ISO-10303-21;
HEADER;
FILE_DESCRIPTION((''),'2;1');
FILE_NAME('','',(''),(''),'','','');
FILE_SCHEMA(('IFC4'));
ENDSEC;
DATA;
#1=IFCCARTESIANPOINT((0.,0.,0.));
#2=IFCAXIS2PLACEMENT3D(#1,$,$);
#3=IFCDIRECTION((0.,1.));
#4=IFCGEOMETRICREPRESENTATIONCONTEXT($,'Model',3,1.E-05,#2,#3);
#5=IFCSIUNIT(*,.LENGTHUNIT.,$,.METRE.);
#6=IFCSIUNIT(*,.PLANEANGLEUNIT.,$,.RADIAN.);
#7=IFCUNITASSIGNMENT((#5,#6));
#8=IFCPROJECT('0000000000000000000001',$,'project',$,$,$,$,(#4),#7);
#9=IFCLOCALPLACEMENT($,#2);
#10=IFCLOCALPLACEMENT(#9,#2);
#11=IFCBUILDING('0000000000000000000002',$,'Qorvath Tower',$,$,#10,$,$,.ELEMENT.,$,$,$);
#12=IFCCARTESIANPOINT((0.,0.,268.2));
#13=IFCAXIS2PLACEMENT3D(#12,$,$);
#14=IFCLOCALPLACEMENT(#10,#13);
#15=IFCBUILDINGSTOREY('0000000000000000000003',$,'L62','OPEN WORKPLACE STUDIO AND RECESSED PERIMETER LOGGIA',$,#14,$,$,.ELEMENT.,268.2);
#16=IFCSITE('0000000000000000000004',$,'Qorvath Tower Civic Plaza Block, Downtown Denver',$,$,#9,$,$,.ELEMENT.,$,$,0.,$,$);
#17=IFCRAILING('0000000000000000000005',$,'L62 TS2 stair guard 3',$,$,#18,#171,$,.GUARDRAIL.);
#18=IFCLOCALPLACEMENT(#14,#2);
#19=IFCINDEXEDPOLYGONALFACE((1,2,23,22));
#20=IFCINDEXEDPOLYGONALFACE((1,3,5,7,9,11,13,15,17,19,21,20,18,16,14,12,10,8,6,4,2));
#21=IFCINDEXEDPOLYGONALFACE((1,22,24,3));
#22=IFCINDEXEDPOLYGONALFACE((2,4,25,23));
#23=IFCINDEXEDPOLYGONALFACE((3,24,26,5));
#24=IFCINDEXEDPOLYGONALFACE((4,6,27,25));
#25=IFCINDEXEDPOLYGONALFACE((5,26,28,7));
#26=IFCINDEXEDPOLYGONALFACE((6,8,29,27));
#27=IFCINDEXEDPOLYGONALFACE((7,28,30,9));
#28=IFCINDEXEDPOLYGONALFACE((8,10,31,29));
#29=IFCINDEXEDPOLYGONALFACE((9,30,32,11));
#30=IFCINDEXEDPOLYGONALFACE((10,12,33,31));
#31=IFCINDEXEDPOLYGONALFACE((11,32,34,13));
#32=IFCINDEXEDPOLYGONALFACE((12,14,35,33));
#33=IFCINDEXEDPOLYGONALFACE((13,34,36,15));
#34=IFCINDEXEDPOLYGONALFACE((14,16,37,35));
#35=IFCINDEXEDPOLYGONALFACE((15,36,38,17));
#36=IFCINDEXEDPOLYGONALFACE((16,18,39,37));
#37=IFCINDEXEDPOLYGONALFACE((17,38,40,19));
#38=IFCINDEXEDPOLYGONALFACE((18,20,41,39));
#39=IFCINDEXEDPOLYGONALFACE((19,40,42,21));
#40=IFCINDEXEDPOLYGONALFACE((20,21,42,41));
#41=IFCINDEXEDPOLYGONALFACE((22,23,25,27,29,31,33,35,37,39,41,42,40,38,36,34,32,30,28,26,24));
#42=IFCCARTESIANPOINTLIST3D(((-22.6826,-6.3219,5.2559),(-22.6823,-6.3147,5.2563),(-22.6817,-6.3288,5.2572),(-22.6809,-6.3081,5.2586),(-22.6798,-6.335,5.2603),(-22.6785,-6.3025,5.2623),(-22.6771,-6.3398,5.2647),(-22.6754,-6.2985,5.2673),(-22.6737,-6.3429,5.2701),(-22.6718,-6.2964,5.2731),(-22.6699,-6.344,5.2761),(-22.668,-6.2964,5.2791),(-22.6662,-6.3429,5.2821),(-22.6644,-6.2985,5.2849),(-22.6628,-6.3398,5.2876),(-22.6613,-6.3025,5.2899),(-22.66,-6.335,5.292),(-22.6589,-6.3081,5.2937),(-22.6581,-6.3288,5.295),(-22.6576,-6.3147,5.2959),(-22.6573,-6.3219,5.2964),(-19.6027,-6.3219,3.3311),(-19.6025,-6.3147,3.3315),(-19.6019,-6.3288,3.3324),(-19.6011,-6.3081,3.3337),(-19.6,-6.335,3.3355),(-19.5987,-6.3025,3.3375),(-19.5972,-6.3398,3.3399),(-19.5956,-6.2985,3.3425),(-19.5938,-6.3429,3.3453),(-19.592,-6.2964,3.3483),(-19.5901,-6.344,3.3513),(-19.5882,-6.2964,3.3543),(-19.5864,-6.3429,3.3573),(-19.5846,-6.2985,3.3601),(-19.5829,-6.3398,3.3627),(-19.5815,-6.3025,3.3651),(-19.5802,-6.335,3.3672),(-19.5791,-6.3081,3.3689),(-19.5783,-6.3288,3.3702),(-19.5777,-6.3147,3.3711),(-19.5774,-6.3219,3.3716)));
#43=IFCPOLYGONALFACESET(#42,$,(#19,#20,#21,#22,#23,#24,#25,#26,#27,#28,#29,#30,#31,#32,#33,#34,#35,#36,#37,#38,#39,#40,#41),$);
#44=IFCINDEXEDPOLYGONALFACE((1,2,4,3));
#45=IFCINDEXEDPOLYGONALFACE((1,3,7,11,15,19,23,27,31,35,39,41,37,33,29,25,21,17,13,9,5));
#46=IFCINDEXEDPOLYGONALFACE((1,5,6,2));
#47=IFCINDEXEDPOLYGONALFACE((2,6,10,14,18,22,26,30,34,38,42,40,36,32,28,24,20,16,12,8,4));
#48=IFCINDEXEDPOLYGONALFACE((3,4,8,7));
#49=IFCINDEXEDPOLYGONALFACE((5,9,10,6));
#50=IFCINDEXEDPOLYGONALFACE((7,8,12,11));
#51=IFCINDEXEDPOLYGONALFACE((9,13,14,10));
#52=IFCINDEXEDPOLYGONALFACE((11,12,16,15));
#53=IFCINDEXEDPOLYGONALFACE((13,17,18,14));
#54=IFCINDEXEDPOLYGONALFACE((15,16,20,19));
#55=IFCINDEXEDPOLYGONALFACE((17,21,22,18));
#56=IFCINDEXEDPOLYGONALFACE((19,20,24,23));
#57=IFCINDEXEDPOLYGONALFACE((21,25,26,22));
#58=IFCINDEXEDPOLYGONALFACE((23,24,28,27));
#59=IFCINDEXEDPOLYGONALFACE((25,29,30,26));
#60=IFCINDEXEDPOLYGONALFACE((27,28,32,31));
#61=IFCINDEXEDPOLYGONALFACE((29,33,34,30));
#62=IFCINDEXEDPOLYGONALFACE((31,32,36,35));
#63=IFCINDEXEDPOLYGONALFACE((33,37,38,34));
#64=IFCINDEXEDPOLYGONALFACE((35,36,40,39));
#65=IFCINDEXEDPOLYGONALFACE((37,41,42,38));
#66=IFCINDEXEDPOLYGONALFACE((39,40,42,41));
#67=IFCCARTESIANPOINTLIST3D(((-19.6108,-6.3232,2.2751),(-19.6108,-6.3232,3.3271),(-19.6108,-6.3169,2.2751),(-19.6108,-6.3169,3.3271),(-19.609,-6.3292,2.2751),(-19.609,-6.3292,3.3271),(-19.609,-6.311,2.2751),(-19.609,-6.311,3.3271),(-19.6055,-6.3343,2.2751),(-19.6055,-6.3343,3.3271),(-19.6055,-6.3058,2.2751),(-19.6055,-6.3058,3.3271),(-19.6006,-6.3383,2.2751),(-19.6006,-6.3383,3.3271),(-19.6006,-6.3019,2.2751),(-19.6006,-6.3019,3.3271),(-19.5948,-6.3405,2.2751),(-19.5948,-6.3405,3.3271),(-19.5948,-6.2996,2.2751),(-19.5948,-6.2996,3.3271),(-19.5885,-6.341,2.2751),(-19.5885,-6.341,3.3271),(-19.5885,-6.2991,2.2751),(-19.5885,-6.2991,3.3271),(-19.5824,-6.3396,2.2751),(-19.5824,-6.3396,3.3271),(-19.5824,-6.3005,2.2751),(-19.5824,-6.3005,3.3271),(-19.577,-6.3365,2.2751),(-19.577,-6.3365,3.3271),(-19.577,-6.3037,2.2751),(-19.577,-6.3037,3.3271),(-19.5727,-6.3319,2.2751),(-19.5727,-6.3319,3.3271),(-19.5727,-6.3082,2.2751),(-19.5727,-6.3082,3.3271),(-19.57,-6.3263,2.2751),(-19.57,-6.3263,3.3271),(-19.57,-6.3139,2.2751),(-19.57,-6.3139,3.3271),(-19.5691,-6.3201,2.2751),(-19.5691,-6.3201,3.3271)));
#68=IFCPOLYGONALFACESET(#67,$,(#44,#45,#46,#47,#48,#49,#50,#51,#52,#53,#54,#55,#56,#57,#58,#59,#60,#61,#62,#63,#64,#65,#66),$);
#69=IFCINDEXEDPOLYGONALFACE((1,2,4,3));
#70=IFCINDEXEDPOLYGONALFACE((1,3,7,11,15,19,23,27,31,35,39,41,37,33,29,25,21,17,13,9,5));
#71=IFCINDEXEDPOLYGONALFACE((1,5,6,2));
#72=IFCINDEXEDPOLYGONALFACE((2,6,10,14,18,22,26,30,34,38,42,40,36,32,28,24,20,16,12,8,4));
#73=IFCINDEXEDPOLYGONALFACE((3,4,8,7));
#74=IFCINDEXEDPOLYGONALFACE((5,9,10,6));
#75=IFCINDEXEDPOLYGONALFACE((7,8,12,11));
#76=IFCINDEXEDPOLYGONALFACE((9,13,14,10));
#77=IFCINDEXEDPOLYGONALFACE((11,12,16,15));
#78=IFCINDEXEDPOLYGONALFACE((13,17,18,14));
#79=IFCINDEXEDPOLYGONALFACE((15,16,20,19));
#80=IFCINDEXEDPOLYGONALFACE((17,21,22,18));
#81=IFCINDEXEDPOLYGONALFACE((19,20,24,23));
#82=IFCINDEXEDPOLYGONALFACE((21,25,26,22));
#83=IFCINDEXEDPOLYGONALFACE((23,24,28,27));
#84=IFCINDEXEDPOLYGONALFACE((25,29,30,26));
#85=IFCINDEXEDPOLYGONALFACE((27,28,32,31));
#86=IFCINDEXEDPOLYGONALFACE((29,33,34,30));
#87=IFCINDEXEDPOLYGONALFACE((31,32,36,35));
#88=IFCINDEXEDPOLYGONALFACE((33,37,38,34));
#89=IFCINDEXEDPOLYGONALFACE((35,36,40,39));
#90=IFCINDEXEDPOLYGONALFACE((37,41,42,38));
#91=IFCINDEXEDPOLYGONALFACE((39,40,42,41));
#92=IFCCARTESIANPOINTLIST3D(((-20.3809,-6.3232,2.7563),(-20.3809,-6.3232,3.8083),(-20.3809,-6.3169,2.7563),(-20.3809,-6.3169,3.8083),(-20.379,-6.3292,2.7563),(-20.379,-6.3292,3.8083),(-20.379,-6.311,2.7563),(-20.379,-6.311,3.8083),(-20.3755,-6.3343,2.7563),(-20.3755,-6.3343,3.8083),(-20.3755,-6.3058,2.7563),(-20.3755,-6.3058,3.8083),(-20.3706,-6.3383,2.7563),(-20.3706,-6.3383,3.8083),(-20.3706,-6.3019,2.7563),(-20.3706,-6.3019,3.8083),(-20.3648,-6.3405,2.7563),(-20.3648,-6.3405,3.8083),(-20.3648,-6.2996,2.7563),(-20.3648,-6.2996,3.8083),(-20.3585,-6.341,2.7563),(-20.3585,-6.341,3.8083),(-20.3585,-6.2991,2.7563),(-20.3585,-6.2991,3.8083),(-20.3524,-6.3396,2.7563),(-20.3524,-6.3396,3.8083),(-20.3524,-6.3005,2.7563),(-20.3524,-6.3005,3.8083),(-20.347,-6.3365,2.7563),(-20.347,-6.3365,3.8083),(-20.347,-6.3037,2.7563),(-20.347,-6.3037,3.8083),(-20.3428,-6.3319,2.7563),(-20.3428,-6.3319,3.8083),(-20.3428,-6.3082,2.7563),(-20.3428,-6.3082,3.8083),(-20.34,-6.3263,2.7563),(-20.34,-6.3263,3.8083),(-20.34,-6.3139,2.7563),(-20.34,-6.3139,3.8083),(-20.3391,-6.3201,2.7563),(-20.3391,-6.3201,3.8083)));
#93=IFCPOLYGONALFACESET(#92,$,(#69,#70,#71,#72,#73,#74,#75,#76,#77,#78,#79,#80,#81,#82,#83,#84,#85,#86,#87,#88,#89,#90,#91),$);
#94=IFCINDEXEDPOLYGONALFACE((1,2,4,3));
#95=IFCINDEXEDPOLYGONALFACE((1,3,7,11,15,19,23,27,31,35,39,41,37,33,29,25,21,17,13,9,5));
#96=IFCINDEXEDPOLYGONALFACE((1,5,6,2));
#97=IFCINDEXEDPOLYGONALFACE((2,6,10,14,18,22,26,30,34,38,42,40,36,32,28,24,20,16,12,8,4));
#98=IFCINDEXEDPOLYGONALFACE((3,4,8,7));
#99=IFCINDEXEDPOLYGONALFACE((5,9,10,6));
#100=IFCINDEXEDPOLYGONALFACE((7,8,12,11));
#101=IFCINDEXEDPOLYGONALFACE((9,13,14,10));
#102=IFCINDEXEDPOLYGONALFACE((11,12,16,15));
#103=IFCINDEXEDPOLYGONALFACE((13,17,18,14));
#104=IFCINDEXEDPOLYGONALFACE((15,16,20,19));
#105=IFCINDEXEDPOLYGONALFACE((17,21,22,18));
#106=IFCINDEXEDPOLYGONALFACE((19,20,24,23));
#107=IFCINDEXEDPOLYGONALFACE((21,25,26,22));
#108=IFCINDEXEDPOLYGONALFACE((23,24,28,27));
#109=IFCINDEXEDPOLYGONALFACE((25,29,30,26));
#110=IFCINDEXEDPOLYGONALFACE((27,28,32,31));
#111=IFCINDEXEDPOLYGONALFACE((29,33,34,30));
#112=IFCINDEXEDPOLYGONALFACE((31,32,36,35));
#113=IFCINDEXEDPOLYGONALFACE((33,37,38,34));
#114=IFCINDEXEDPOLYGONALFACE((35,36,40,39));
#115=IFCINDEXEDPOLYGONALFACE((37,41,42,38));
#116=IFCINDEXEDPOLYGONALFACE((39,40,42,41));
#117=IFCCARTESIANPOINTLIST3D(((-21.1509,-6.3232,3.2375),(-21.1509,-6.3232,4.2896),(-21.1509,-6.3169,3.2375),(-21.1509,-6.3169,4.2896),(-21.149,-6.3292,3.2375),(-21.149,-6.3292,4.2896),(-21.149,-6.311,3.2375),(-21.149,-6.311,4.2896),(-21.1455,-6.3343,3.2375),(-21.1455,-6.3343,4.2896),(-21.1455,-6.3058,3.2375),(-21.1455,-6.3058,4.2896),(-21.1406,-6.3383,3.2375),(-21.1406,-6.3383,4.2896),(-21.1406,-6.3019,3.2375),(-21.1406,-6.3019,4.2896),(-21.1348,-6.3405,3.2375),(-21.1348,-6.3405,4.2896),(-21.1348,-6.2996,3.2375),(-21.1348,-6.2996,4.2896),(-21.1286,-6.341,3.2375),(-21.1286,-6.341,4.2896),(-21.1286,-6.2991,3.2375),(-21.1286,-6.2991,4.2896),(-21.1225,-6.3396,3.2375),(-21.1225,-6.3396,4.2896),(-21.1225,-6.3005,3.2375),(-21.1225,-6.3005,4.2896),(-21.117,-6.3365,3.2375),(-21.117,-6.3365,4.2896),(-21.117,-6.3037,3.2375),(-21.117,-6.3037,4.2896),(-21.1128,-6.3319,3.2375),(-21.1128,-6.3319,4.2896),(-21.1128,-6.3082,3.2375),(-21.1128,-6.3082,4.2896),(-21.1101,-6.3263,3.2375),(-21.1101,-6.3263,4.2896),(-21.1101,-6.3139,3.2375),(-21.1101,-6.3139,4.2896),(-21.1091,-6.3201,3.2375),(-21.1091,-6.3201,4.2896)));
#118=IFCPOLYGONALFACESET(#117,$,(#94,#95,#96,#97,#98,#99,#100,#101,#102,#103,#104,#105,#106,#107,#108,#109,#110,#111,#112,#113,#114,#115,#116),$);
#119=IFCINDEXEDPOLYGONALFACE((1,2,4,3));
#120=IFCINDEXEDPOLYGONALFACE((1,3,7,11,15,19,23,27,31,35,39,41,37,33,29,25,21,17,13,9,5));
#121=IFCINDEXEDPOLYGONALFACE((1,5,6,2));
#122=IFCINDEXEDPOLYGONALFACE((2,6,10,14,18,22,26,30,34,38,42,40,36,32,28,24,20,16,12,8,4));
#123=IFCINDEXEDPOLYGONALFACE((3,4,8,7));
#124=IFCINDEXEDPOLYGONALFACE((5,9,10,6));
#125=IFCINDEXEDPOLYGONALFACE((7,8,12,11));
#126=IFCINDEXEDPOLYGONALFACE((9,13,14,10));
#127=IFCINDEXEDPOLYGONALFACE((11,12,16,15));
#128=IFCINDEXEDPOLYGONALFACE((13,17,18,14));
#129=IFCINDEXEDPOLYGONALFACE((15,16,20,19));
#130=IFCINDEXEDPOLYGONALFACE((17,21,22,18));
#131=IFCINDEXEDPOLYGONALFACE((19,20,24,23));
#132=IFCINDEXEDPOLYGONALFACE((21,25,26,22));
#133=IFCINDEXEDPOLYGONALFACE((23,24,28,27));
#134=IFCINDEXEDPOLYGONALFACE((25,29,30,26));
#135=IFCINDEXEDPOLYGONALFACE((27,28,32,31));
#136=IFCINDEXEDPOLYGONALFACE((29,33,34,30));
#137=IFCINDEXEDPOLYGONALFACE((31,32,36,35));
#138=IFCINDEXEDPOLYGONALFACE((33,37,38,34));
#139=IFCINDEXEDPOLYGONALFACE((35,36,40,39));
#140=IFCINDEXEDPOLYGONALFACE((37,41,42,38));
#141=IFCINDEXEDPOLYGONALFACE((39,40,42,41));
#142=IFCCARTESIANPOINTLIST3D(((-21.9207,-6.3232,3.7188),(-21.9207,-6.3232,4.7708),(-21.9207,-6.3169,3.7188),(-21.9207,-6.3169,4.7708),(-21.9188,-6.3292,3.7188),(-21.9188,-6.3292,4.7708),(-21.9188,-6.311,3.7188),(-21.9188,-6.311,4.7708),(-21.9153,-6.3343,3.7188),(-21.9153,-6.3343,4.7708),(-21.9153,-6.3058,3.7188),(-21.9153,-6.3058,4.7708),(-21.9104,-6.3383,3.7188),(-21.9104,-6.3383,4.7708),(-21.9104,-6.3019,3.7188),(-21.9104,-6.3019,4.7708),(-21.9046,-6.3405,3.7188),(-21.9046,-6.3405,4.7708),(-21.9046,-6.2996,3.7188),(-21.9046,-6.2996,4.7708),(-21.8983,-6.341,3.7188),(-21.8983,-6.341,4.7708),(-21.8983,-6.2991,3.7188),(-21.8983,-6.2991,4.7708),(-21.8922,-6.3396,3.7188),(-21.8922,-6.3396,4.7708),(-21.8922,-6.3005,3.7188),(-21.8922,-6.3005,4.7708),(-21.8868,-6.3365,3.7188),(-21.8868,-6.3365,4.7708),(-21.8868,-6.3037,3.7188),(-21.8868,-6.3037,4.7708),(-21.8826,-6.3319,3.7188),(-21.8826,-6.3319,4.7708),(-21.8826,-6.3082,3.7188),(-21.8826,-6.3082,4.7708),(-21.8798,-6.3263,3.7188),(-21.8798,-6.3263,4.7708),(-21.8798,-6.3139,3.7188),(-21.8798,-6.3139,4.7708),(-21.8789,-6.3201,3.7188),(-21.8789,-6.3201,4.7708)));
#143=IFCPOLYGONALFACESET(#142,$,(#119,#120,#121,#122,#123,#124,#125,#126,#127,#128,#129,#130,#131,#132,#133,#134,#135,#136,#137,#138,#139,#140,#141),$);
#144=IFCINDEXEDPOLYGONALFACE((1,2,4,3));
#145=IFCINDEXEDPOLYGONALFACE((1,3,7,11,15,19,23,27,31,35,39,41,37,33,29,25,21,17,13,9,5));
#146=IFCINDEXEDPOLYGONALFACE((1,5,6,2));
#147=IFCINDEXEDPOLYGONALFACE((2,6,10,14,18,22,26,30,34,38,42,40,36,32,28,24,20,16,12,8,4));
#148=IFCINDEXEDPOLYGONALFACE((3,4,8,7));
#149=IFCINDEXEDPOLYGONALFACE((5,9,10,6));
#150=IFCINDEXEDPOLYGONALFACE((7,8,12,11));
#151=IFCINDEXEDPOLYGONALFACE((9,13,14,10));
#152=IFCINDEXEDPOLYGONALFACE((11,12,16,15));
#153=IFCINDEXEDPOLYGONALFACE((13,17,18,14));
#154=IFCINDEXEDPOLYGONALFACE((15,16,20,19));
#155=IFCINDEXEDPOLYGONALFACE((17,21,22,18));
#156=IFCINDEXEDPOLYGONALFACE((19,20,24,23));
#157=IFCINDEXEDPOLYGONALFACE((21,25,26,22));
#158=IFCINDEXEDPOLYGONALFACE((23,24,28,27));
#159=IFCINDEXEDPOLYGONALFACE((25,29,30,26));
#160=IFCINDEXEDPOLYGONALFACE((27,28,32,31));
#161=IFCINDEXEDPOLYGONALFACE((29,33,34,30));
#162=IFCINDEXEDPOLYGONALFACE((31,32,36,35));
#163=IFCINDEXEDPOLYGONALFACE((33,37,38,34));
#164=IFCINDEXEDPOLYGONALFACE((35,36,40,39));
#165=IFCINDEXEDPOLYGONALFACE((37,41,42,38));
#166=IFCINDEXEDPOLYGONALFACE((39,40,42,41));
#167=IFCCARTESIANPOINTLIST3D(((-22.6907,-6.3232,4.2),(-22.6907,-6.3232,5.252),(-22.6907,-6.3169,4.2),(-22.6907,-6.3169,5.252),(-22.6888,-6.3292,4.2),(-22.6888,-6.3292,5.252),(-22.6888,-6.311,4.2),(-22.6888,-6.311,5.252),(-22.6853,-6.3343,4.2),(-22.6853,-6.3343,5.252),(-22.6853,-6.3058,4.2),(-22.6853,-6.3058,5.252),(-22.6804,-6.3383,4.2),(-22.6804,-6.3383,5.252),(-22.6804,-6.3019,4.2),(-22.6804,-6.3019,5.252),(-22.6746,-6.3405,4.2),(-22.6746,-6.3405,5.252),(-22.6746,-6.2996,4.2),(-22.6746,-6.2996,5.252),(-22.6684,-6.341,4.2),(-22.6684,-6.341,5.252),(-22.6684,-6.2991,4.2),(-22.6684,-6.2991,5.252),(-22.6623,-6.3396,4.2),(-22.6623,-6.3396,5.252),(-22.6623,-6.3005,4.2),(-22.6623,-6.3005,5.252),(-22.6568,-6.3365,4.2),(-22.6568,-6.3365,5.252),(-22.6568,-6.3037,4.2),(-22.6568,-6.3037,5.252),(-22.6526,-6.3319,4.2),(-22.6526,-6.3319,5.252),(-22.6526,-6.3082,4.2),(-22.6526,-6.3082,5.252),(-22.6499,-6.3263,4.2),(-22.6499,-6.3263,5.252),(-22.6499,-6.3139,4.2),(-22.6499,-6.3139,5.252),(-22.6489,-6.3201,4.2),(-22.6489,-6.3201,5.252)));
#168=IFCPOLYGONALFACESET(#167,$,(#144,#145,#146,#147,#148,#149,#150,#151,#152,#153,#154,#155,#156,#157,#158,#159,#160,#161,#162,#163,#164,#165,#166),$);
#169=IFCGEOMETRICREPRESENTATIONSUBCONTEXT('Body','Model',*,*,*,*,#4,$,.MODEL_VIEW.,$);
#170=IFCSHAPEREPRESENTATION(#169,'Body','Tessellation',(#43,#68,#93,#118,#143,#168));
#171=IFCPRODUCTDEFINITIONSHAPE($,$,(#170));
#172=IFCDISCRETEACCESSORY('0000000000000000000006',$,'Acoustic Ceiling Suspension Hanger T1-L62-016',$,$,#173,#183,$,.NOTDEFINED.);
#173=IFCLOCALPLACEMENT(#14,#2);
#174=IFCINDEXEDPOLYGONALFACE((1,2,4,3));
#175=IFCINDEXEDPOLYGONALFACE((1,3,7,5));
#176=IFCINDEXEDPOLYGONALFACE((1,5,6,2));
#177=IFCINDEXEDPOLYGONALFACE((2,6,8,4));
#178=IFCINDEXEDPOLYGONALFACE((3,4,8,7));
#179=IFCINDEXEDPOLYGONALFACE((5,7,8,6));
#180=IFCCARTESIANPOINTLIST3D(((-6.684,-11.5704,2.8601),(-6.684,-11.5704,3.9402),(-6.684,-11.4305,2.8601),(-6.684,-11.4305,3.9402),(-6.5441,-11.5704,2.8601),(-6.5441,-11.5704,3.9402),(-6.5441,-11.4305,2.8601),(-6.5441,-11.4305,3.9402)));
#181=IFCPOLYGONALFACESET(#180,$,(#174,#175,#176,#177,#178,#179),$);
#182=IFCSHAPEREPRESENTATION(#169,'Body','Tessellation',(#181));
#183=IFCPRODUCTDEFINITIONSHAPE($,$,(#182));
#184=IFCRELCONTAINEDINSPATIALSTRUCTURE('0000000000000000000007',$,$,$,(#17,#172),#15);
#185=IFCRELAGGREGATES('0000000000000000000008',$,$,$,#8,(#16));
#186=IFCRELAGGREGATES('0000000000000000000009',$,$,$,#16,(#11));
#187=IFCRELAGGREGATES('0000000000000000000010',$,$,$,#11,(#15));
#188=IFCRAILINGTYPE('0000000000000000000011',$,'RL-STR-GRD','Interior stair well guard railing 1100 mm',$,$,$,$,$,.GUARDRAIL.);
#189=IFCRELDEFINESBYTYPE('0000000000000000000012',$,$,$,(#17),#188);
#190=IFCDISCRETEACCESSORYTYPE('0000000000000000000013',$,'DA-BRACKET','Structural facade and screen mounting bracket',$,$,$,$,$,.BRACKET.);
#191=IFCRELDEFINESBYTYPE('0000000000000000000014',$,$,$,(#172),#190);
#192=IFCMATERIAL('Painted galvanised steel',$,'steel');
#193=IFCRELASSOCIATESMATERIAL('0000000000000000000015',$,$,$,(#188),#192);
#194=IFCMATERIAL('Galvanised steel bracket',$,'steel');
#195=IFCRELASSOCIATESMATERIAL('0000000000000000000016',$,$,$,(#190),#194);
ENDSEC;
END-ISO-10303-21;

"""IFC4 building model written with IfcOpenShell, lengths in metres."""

from ifc_helpers import new_model, si_unit, direction, frame, origin, origin_2d, place, context, subcontext, project, spatial, rectangle, circle, extrude, material, type_object, element, save


model = new_model("IFC4")

# Units and contexts
model_context = context("Model", 3, precision=1e-05, world=origin(), true_north=direction((0.0, 1.0)))
body_context = subcontext(model_context, "Body", "Model", "MODEL_VIEW")
ifc_project = project(units=[si_unit("LENGTHUNIT", "METRE"), si_unit("PLANEANGLEUNIT", "RADIAN")], contexts=[model_context])

# Site, building, storey
site_placement = place(None, origin())
site = spatial("IfcSite", under=ifc_project, at=site_placement, Name="Qorvath Tower Civic Plaza Block, Downtown Denver", CompositionType="ELEMENT", RefElevation=0.0)
building_placement = place(site_placement, origin())
building = spatial("IfcBuilding", under=site, at=building_placement, Name="Qorvath Tower", CompositionType="ELEMENT")
storey_placement = place(building_placement, frame((0.0, 0.0, 268.2)))
storey = spatial("IfcBuildingStorey", under=building, at=storey_placement, Name="L62", Description="OPEN WORKPLACE STUDIO AND RECESSED PERIMETER LOGGIA", CompositionType="ELEMENT", Elevation=268.2)

# Railing
ifc_material_1 = material(Name="Painted galvanised steel", Category="steel")
railing_type = type_object("IfcRailingType", Name="RL-STR-GRD", Description="Interior stair well guard railing 1100 mm", PredefinedType="GUARDRAIL", material=ifc_material_1)
railing_1_placement = place(storey_placement, frame((-19.5901, -6.3201, 2.2751)))
element("IfcRailing", 1, at=railing_1_placement, inside=storey, type_object=railing_type, Name="L62 TS2 stair guard 3", PredefinedType="GUARDRAIL", context=body_context, shape_type="SweptSolid", body=[
    extrude(circle(Radius=0.0239, at=origin_2d()), frame((0.0, 0.0, 1.0762), z_axis=(-0.84801, 0.0, 0.529981), x_axis=(0.0, -1.0, 0.0)), (0.0, 0.0, 1.0), 3.6318),
    extrude(circle(Radius=0.021, at=origin_2d()), origin(), (0.0, 0.0, 1.0), 1.052),
    extrude(circle(Radius=0.021, at=origin_2d()), frame((-0.77, 0.0, 0.4812)), (0.0, 0.0, 1.0), 1.052),
    extrude(circle(Radius=0.021, at=origin_2d()), frame((-1.54, 0.0, 0.9624)), (0.0, 0.0, 1.0), 1.052),
    extrude(circle(Radius=0.021, at=origin_2d()), frame((-2.3098, 0.0, 1.4436)), (0.0, 0.0, 1.0), 1.052),
    extrude(circle(Radius=0.021, at=origin_2d()), frame((-3.0798, 0.0, 1.9248)), (0.0, 0.0, 1.0), 1.052),
])

# Discrete accessory
ifc_material_2 = material(Name="Galvanised steel bracket", Category="steel")
discrete_accessory_type = type_object("IfcDiscreteAccessoryType", Name="DA-BRACKET", Description="Structural facade and screen mounting bracket", PredefinedType="BRACKET", material=ifc_material_2)
discrete_accessory_placement = place(storey_placement, frame((-6.614, -11.5005, 2.8601), z_axis=(0.0, 0.0, 1.0), x_axis=(1.0, 0.0, 0.0)))
element("IfcDiscreteAccessory", 2, at=discrete_accessory_placement, inside=storey, type_object=discrete_accessory_type, Name="Acoustic Ceiling Suspension Hanger T1-L62-016", PredefinedType="NOTDEFINED", context=body_context, shape_type="SweptSolid", body=[
    extrude(rectangle(XDim=0.1399, YDim=0.1399, at=origin_2d()), origin(), (0.0, 0.0, 1.0), 1.0801),
])

save(model, "model.ifc")
